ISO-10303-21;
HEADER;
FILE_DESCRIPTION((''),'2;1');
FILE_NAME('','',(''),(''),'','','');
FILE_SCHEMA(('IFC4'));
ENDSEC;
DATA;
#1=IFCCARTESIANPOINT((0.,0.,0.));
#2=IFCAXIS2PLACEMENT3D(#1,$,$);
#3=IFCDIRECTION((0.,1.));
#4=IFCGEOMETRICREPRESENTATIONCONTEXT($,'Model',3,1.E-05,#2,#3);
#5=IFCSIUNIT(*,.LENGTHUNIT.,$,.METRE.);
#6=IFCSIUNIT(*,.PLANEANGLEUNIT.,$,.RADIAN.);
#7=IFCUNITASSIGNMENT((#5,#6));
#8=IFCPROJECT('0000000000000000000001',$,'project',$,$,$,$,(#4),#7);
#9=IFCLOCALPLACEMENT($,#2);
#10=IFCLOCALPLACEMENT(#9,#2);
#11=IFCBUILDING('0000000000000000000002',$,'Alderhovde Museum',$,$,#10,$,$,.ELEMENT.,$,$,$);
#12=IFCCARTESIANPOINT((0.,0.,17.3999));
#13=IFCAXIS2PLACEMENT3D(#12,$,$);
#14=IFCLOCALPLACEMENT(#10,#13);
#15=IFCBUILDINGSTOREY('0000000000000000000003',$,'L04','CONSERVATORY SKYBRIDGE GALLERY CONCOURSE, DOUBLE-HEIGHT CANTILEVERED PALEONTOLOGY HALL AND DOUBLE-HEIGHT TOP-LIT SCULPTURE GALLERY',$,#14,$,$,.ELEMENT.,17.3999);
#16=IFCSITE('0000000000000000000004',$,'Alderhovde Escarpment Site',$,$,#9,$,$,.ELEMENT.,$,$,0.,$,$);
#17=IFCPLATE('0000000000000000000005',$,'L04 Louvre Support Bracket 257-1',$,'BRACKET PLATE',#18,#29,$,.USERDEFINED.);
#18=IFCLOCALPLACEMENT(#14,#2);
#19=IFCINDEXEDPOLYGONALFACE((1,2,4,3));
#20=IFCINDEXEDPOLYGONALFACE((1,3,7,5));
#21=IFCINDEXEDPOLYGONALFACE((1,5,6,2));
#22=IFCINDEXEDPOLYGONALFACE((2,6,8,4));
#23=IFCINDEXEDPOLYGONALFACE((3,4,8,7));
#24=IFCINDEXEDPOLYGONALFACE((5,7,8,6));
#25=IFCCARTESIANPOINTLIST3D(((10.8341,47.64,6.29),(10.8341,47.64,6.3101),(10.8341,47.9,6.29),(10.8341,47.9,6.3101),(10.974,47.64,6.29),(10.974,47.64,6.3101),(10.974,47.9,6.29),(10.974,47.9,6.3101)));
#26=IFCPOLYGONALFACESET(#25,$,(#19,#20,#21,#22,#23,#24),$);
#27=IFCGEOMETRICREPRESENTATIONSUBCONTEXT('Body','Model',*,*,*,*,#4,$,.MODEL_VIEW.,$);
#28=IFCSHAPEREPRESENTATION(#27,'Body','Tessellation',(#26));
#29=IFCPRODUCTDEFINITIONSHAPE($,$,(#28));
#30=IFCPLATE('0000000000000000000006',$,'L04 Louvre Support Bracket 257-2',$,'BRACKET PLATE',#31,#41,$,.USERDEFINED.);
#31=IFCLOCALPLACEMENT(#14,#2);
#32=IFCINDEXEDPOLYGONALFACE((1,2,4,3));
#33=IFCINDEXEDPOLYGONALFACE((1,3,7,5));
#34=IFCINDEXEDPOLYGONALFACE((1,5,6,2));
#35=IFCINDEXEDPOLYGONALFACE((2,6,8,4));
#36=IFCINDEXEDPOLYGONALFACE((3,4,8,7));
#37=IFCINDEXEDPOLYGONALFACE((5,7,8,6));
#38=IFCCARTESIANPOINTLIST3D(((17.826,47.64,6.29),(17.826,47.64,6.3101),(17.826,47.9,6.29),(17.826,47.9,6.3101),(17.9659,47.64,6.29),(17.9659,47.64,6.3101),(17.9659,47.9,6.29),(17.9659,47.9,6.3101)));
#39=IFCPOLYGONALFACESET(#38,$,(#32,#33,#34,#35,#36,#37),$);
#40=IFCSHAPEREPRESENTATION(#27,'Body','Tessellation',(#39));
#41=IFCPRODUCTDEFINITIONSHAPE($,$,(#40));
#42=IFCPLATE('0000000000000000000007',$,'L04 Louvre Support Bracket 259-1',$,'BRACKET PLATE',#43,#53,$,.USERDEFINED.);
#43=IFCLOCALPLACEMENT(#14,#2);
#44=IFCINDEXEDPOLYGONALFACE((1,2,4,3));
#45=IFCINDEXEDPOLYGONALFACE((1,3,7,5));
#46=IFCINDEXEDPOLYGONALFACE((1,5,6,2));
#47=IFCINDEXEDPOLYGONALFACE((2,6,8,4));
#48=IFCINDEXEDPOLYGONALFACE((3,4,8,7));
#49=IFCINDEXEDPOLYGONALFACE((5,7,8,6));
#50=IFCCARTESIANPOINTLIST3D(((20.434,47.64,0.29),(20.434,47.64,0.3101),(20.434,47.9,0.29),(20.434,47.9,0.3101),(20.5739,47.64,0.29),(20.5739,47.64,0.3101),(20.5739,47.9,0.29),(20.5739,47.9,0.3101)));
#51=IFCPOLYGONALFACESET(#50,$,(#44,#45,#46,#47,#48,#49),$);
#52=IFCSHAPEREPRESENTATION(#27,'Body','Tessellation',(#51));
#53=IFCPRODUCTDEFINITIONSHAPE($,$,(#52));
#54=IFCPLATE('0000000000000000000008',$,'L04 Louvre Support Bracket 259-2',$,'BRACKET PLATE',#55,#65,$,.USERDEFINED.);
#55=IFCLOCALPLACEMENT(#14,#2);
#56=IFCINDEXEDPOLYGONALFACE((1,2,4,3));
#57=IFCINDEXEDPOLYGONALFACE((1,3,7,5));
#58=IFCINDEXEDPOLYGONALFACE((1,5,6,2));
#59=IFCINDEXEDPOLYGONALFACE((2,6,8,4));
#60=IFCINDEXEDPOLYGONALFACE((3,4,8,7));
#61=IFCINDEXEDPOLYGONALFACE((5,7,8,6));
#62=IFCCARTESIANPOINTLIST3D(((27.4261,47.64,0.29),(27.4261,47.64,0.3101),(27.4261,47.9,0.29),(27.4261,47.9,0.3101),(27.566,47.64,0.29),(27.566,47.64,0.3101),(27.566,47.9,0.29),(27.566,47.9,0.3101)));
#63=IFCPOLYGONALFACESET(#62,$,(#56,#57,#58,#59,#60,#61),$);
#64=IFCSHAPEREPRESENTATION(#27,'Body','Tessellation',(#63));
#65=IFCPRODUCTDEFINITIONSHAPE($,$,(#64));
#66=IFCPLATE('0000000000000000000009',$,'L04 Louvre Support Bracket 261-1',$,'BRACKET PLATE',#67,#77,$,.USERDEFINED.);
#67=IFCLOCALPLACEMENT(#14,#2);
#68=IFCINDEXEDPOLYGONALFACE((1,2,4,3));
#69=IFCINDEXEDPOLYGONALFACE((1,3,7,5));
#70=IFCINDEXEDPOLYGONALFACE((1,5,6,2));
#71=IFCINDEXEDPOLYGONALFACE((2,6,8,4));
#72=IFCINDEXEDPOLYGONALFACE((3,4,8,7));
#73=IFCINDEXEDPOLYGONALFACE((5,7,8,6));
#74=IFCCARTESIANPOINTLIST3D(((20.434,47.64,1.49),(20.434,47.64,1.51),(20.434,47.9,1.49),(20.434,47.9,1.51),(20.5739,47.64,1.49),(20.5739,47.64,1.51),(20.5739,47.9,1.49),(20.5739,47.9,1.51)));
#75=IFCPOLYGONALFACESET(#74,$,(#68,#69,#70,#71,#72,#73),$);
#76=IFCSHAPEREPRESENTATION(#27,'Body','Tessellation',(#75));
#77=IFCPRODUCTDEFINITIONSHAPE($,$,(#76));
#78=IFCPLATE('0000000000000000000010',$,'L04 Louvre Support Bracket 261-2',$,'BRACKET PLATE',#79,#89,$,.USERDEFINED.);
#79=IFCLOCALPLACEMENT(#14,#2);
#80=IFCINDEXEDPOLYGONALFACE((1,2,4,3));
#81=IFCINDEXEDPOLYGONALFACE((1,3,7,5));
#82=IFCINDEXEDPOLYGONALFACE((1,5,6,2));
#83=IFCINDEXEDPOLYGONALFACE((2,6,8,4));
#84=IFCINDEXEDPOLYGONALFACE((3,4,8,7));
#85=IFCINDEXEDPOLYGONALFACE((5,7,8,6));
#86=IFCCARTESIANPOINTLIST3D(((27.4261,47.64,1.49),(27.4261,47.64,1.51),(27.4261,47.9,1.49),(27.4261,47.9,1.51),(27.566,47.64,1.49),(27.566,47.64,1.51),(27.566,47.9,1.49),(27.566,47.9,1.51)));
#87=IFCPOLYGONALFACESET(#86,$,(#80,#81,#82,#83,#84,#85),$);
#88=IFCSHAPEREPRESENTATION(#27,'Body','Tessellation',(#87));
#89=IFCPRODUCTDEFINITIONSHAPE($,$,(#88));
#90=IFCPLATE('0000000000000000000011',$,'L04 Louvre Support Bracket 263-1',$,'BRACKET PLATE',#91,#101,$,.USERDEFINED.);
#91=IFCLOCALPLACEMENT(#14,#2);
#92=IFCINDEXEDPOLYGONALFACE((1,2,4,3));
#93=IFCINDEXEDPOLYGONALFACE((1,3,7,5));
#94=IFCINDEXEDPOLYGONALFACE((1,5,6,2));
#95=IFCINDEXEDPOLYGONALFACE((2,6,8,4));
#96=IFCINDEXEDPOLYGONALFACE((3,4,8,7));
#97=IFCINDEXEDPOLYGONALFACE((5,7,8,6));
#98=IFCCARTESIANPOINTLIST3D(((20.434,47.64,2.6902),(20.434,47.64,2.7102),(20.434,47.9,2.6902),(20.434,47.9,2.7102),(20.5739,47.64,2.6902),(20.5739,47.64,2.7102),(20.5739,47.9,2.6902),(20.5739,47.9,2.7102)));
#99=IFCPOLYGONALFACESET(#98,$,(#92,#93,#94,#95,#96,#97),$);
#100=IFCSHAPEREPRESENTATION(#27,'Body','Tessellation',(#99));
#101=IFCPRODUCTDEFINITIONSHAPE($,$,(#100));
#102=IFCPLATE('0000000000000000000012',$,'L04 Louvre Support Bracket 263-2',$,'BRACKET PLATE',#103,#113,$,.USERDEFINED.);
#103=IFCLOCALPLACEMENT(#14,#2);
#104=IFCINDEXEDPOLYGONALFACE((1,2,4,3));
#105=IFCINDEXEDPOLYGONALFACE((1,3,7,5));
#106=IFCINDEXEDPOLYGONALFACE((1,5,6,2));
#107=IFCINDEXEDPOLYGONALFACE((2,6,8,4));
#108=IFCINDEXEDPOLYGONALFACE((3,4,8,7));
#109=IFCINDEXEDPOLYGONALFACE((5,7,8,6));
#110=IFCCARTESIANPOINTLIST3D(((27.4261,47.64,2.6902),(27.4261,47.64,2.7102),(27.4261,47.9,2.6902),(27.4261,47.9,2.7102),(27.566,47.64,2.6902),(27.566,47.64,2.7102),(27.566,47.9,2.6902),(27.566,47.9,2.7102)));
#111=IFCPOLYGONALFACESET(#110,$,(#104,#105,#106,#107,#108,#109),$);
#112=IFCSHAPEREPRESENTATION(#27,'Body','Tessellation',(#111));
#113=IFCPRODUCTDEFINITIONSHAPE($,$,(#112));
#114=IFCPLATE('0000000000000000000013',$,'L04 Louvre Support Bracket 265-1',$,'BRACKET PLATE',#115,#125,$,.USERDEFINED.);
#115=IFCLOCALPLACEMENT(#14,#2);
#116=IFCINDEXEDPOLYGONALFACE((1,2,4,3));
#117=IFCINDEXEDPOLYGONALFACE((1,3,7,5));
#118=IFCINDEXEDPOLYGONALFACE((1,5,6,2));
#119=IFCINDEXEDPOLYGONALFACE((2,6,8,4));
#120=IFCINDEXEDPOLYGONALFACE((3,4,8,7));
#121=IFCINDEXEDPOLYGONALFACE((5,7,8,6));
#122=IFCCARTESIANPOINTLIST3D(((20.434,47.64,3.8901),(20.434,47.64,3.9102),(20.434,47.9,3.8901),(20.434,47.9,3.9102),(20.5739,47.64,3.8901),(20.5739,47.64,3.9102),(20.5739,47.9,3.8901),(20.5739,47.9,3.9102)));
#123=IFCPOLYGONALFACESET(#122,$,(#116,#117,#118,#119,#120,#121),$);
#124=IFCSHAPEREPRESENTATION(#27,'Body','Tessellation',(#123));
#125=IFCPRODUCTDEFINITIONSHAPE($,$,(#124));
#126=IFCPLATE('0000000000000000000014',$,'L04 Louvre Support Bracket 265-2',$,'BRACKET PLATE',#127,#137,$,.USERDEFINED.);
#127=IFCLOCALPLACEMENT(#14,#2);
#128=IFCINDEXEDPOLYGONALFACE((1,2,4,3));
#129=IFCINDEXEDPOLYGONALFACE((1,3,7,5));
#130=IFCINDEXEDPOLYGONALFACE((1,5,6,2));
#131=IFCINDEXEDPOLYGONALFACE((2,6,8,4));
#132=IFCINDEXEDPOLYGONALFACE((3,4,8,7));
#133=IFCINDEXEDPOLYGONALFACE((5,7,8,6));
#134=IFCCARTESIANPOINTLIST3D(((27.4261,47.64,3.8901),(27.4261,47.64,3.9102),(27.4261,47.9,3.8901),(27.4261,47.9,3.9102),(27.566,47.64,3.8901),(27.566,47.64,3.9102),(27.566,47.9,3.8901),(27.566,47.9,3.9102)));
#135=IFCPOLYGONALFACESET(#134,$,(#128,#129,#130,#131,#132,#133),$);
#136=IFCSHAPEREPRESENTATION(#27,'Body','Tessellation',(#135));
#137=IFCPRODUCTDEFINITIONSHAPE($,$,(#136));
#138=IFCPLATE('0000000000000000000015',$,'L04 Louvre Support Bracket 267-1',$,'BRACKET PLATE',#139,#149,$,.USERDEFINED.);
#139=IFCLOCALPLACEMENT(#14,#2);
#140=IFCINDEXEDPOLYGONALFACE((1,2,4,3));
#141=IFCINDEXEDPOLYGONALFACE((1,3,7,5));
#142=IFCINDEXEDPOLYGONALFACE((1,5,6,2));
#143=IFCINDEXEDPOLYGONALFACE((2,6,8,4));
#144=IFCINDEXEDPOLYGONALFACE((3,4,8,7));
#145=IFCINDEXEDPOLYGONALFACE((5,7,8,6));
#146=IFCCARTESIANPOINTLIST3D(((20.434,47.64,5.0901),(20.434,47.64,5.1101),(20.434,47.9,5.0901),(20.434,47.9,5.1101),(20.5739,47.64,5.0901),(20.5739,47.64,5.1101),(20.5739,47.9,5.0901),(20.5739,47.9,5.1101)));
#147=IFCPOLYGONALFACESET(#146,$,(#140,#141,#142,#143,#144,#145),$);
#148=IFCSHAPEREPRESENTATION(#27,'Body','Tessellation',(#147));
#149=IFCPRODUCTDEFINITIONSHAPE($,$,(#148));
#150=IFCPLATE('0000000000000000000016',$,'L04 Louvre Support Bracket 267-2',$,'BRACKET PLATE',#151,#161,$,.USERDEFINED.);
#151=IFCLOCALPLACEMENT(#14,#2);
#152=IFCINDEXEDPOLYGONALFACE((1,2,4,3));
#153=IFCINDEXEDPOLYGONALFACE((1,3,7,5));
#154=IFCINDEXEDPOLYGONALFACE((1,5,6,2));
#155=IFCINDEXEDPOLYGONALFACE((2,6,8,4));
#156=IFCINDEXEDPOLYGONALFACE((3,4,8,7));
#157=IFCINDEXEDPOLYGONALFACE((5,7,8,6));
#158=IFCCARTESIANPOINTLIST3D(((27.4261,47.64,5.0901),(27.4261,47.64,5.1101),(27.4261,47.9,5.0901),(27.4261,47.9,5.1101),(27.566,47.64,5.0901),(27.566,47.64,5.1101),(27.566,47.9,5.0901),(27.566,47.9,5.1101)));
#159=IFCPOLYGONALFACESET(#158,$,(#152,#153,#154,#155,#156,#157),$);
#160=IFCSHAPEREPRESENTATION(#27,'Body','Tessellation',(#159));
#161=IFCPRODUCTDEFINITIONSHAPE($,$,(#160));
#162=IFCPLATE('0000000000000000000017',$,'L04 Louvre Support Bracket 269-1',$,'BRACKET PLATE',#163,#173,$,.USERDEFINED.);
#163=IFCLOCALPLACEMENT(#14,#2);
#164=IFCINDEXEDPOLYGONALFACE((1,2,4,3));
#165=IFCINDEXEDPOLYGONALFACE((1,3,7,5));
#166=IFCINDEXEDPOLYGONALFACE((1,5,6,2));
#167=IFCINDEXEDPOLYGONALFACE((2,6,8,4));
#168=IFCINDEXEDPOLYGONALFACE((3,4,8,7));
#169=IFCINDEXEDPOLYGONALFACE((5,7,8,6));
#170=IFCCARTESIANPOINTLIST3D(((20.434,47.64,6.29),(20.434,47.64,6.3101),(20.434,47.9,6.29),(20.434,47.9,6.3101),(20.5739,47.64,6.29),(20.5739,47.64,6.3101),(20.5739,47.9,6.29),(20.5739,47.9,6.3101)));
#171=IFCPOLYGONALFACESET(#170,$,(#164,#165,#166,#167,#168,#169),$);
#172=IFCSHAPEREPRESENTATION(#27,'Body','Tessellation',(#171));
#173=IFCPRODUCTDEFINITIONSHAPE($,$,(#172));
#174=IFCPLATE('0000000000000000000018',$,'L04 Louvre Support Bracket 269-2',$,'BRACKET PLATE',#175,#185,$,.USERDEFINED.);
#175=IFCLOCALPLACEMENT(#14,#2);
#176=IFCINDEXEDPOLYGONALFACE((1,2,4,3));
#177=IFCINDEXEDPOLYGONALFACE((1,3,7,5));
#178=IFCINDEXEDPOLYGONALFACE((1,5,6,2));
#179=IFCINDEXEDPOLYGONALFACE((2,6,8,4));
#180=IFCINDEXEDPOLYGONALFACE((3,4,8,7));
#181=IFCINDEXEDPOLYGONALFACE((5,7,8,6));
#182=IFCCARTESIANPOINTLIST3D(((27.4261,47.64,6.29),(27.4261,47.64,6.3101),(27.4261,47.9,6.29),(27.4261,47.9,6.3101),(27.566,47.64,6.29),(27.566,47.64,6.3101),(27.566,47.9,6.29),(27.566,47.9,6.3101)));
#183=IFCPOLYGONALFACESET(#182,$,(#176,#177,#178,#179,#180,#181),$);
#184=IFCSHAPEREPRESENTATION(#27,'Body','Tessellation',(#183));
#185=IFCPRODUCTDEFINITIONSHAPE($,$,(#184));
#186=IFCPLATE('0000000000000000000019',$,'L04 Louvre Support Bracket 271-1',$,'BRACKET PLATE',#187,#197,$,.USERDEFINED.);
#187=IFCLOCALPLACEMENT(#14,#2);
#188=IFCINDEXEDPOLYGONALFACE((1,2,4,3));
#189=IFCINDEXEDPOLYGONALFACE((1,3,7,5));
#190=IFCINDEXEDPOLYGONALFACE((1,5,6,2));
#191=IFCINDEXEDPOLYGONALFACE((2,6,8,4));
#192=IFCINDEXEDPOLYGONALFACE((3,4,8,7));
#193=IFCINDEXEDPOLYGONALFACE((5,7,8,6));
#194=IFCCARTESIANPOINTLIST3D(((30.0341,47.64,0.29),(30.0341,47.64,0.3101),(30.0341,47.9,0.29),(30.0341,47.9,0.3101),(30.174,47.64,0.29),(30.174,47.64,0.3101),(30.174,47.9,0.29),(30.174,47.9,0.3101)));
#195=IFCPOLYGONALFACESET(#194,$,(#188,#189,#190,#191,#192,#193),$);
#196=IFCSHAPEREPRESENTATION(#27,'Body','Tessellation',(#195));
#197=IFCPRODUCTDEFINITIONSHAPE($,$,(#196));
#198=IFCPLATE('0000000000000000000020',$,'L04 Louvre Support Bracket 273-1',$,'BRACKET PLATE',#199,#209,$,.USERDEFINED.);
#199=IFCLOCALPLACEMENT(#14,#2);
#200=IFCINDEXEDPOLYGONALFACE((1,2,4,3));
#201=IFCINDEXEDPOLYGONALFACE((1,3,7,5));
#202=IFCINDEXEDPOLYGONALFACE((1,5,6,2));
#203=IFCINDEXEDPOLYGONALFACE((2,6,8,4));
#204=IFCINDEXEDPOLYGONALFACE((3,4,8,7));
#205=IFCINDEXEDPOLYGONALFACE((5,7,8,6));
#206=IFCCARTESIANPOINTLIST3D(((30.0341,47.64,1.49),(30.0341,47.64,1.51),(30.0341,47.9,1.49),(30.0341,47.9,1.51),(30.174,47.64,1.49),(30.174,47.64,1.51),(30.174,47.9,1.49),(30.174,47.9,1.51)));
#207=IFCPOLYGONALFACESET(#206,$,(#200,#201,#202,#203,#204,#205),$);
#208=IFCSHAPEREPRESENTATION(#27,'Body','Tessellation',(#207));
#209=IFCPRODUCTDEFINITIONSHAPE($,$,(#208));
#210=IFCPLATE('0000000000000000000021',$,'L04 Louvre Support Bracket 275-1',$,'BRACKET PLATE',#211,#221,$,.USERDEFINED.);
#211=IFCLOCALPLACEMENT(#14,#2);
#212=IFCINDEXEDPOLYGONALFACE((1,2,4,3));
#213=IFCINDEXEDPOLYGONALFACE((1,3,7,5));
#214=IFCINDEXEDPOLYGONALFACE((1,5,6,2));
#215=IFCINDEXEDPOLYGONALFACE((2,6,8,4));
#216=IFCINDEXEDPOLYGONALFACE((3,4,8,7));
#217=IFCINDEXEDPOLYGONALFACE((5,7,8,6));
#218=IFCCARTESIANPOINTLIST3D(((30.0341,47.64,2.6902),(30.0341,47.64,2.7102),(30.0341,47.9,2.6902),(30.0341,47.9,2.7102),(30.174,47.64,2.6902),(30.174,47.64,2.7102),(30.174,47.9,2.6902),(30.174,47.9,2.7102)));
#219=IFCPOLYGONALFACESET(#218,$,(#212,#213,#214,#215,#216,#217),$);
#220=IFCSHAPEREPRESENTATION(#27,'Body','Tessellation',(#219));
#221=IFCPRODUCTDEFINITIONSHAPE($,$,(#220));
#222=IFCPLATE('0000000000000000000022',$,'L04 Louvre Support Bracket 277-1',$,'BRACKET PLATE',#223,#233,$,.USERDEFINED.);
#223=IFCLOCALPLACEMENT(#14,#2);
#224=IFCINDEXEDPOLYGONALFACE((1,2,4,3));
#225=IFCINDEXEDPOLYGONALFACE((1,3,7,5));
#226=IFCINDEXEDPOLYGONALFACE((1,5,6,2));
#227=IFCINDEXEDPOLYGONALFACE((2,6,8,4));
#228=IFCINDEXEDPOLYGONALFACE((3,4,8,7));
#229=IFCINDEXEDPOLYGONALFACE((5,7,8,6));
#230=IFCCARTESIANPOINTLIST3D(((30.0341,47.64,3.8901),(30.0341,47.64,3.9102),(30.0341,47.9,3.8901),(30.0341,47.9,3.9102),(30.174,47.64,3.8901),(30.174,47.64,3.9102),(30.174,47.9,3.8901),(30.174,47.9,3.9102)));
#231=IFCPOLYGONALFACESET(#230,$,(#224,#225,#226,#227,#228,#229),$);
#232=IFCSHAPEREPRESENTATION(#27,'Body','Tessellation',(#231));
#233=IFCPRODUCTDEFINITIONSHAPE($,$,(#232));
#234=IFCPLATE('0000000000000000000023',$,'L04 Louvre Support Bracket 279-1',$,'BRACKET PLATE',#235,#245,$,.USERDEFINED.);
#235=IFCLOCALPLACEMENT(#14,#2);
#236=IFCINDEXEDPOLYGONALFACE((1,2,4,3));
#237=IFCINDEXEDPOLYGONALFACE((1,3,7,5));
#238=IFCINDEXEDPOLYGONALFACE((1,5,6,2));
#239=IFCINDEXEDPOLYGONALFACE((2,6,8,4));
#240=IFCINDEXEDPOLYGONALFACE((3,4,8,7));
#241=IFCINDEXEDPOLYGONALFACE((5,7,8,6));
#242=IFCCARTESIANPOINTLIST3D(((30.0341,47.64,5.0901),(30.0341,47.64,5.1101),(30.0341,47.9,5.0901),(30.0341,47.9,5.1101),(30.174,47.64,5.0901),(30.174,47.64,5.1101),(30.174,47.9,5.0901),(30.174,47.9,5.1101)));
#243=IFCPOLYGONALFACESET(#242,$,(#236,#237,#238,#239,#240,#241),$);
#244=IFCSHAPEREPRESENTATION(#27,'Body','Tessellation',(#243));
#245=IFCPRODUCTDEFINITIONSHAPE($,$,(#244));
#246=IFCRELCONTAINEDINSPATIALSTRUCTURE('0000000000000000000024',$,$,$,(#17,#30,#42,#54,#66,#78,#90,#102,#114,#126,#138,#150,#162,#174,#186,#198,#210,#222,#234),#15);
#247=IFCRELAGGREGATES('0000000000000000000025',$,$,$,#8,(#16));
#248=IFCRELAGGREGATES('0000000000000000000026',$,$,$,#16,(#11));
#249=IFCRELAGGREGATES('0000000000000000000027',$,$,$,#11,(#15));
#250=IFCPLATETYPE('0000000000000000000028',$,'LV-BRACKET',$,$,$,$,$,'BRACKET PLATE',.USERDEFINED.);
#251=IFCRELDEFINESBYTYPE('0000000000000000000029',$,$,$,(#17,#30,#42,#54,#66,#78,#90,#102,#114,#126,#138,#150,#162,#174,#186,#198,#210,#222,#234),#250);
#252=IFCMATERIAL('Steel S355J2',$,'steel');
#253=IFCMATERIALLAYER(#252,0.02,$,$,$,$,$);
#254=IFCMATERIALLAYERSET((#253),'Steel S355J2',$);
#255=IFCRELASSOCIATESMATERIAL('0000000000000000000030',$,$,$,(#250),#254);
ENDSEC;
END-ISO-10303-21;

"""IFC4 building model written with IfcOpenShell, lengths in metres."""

from ifc_helpers import new_model, si_unit, direction, frame, origin, origin_2d, place, context, subcontext, project, spatial, rectangle, extrude, material, layer, layer_set, type_object, element, save


model = new_model("IFC4")

# Units and contexts
model_context = context("Model", 3, precision=1e-05, world=origin(), true_north=direction((0.0, 1.0)))
body_context = subcontext(model_context, "Body", "Model", "MODEL_VIEW")
ifc_project = project(units=[si_unit("LENGTHUNIT", "METRE"), si_unit("PLANEANGLEUNIT", "RADIAN")], contexts=[model_context])

# Site, building, storey
site_placement = place(None, origin())
site = spatial("IfcSite", under=ifc_project, at=site_placement, Name="Alderhovde Escarpment Site", CompositionType="ELEMENT", RefElevation=0.0)
building_placement = place(site_placement, origin())
building = spatial("IfcBuilding", under=site, at=building_placement, Name="Alderhovde Museum", CompositionType="ELEMENT")
storey_placement = place(building_placement, frame((0.0, 0.0, 17.3999)))
storey = spatial("IfcBuildingStorey", under=building, at=storey_placement, Name="L04", Description="CONSERVATORY SKYBRIDGE GALLERY CONCOURSE, DOUBLE-HEIGHT CANTILEVERED PALEONTOLOGY HALL AND DOUBLE-HEIGHT TOP-LIT SCULPTURE GALLERY", CompositionType="ELEMENT", Elevation=17.3999)

# Plates
ifc_material_1 = material(Name="Steel S355J2", Category="steel")
ifc_layer_1 = layer(ifc_material_1, 0.02)
ifc_layer_set_1 = layer_set([ifc_layer_1], Name="Steel S355J2")
plate_type_1 = type_object("IfcPlateType", Name="LV-BRACKET", ElementType="BRACKET PLATE", PredefinedType="USERDEFINED", material=ifc_layer_set_1)
for number, where, z_axis, x_axis, name in (
    (1, (10.9041, 47.77, 6.29), (0.0, 0.0, 1.0), (1.0, 0.0, 0.0), "L04 Louvre Support Bracket 257-1"),
    (2, (17.896, 47.77, 6.29), (0.0, 0.0, 1.0), (1.0, 0.0, 0.0), "L04 Louvre Support Bracket 257-2"),
    (3, (20.5039, 47.77, 0.29), (0.0, 0.0, 1.0), (1.0, 0.0, 0.0), "L04 Louvre Support Bracket 259-1"),
    (4, (27.4961, 47.77, 0.29), (0.0, 0.0, 1.0), (1.0, 0.0, 0.0), "L04 Louvre Support Bracket 259-2"),
    (5, (20.5039, 47.77, 1.49), (0.0, 0.0, 1.0), (1.0, 0.0, 0.0), "L04 Louvre Support Bracket 261-1"),
    (6, (27.4961, 47.77, 1.49), (0.0, 0.0, 1.0), (1.0, 0.0, 0.0), "L04 Louvre Support Bracket 261-2"),
    (7, (20.5039, 47.77, 2.6902), (0.0, 0.0, 1.0), (1.0, 0.0, 0.0), "L04 Louvre Support Bracket 263-1"),
    (8, (27.4961, 47.77, 2.6902), (0.0, 0.0, 1.0), (1.0, 0.0, 0.0), "L04 Louvre Support Bracket 263-2"),
    (9, (20.5039, 47.77, 3.8901), (0.0, 0.0, 1.0), (1.0, 0.0, 0.0), "L04 Louvre Support Bracket 265-1"),
    (10, (27.4961, 47.77, 3.8901), (0.0, 0.0, 1.0), (1.0, 0.0, 0.0), "L04 Louvre Support Bracket 265-2"),
    (11, (20.5039, 47.77, 5.0901), (0.0, 0.0, 1.0), (1.0, 0.0, 0.0), "L04 Louvre Support Bracket 267-1"),
    (12, (27.4961, 47.77, 5.0901), (0.0, 0.0, 1.0), (1.0, 0.0, 0.0), "L04 Louvre Support Bracket 267-2"),
    (13, (20.5039, 47.77, 6.29), (0.0, 0.0, 1.0), (1.0, 0.0, 0.0), "L04 Louvre Support Bracket 269-1"),
    (14, (27.4961, 47.77, 6.29), (0.0, 0.0, 1.0), (1.0, 0.0, 0.0), "L04 Louvre Support Bracket 269-2"),
    (15, (30.104, 47.77, 0.29), (0.0, 0.0, 1.0), (1.0, 0.0, 0.0), "L04 Louvre Support Bracket 271-1"),
    (16, (30.104, 47.77, 1.49), (0.0, 0.0, 1.0), (1.0, 0.0, 0.0), "L04 Louvre Support Bracket 273-1"),
    (17, (30.104, 47.77, 2.6902), (0.0, 0.0, 1.0), (1.0, 0.0, 0.0), "L04 Louvre Support Bracket 275-1"),
    (18, (30.104, 47.77, 3.8901), (0.0, 0.0, 1.0), (1.0, 0.0, 0.0), "L04 Louvre Support Bracket 277-1"),
    (19, (30.104, 47.77, 5.0901), (0.0, 0.0, 1.0), (1.0, 0.0, 0.0), "L04 Louvre Support Bracket 279-1"),
):
    element("IfcPlate", number, at=place(storey_placement, frame(where, z_axis=z_axis, x_axis=x_axis)), inside=storey, type_object=plate_type_1, Name=name, ObjectType="BRACKET PLATE", PredefinedType="USERDEFINED", context=body_context, shape_type="SweptSolid", body=[
        extrude(rectangle(XDim=0.1399, YDim=0.26, at=origin_2d()), origin(), (0.0, 0.0, 1.0), 0.02),
    ])

save(model, "model.ifc")
